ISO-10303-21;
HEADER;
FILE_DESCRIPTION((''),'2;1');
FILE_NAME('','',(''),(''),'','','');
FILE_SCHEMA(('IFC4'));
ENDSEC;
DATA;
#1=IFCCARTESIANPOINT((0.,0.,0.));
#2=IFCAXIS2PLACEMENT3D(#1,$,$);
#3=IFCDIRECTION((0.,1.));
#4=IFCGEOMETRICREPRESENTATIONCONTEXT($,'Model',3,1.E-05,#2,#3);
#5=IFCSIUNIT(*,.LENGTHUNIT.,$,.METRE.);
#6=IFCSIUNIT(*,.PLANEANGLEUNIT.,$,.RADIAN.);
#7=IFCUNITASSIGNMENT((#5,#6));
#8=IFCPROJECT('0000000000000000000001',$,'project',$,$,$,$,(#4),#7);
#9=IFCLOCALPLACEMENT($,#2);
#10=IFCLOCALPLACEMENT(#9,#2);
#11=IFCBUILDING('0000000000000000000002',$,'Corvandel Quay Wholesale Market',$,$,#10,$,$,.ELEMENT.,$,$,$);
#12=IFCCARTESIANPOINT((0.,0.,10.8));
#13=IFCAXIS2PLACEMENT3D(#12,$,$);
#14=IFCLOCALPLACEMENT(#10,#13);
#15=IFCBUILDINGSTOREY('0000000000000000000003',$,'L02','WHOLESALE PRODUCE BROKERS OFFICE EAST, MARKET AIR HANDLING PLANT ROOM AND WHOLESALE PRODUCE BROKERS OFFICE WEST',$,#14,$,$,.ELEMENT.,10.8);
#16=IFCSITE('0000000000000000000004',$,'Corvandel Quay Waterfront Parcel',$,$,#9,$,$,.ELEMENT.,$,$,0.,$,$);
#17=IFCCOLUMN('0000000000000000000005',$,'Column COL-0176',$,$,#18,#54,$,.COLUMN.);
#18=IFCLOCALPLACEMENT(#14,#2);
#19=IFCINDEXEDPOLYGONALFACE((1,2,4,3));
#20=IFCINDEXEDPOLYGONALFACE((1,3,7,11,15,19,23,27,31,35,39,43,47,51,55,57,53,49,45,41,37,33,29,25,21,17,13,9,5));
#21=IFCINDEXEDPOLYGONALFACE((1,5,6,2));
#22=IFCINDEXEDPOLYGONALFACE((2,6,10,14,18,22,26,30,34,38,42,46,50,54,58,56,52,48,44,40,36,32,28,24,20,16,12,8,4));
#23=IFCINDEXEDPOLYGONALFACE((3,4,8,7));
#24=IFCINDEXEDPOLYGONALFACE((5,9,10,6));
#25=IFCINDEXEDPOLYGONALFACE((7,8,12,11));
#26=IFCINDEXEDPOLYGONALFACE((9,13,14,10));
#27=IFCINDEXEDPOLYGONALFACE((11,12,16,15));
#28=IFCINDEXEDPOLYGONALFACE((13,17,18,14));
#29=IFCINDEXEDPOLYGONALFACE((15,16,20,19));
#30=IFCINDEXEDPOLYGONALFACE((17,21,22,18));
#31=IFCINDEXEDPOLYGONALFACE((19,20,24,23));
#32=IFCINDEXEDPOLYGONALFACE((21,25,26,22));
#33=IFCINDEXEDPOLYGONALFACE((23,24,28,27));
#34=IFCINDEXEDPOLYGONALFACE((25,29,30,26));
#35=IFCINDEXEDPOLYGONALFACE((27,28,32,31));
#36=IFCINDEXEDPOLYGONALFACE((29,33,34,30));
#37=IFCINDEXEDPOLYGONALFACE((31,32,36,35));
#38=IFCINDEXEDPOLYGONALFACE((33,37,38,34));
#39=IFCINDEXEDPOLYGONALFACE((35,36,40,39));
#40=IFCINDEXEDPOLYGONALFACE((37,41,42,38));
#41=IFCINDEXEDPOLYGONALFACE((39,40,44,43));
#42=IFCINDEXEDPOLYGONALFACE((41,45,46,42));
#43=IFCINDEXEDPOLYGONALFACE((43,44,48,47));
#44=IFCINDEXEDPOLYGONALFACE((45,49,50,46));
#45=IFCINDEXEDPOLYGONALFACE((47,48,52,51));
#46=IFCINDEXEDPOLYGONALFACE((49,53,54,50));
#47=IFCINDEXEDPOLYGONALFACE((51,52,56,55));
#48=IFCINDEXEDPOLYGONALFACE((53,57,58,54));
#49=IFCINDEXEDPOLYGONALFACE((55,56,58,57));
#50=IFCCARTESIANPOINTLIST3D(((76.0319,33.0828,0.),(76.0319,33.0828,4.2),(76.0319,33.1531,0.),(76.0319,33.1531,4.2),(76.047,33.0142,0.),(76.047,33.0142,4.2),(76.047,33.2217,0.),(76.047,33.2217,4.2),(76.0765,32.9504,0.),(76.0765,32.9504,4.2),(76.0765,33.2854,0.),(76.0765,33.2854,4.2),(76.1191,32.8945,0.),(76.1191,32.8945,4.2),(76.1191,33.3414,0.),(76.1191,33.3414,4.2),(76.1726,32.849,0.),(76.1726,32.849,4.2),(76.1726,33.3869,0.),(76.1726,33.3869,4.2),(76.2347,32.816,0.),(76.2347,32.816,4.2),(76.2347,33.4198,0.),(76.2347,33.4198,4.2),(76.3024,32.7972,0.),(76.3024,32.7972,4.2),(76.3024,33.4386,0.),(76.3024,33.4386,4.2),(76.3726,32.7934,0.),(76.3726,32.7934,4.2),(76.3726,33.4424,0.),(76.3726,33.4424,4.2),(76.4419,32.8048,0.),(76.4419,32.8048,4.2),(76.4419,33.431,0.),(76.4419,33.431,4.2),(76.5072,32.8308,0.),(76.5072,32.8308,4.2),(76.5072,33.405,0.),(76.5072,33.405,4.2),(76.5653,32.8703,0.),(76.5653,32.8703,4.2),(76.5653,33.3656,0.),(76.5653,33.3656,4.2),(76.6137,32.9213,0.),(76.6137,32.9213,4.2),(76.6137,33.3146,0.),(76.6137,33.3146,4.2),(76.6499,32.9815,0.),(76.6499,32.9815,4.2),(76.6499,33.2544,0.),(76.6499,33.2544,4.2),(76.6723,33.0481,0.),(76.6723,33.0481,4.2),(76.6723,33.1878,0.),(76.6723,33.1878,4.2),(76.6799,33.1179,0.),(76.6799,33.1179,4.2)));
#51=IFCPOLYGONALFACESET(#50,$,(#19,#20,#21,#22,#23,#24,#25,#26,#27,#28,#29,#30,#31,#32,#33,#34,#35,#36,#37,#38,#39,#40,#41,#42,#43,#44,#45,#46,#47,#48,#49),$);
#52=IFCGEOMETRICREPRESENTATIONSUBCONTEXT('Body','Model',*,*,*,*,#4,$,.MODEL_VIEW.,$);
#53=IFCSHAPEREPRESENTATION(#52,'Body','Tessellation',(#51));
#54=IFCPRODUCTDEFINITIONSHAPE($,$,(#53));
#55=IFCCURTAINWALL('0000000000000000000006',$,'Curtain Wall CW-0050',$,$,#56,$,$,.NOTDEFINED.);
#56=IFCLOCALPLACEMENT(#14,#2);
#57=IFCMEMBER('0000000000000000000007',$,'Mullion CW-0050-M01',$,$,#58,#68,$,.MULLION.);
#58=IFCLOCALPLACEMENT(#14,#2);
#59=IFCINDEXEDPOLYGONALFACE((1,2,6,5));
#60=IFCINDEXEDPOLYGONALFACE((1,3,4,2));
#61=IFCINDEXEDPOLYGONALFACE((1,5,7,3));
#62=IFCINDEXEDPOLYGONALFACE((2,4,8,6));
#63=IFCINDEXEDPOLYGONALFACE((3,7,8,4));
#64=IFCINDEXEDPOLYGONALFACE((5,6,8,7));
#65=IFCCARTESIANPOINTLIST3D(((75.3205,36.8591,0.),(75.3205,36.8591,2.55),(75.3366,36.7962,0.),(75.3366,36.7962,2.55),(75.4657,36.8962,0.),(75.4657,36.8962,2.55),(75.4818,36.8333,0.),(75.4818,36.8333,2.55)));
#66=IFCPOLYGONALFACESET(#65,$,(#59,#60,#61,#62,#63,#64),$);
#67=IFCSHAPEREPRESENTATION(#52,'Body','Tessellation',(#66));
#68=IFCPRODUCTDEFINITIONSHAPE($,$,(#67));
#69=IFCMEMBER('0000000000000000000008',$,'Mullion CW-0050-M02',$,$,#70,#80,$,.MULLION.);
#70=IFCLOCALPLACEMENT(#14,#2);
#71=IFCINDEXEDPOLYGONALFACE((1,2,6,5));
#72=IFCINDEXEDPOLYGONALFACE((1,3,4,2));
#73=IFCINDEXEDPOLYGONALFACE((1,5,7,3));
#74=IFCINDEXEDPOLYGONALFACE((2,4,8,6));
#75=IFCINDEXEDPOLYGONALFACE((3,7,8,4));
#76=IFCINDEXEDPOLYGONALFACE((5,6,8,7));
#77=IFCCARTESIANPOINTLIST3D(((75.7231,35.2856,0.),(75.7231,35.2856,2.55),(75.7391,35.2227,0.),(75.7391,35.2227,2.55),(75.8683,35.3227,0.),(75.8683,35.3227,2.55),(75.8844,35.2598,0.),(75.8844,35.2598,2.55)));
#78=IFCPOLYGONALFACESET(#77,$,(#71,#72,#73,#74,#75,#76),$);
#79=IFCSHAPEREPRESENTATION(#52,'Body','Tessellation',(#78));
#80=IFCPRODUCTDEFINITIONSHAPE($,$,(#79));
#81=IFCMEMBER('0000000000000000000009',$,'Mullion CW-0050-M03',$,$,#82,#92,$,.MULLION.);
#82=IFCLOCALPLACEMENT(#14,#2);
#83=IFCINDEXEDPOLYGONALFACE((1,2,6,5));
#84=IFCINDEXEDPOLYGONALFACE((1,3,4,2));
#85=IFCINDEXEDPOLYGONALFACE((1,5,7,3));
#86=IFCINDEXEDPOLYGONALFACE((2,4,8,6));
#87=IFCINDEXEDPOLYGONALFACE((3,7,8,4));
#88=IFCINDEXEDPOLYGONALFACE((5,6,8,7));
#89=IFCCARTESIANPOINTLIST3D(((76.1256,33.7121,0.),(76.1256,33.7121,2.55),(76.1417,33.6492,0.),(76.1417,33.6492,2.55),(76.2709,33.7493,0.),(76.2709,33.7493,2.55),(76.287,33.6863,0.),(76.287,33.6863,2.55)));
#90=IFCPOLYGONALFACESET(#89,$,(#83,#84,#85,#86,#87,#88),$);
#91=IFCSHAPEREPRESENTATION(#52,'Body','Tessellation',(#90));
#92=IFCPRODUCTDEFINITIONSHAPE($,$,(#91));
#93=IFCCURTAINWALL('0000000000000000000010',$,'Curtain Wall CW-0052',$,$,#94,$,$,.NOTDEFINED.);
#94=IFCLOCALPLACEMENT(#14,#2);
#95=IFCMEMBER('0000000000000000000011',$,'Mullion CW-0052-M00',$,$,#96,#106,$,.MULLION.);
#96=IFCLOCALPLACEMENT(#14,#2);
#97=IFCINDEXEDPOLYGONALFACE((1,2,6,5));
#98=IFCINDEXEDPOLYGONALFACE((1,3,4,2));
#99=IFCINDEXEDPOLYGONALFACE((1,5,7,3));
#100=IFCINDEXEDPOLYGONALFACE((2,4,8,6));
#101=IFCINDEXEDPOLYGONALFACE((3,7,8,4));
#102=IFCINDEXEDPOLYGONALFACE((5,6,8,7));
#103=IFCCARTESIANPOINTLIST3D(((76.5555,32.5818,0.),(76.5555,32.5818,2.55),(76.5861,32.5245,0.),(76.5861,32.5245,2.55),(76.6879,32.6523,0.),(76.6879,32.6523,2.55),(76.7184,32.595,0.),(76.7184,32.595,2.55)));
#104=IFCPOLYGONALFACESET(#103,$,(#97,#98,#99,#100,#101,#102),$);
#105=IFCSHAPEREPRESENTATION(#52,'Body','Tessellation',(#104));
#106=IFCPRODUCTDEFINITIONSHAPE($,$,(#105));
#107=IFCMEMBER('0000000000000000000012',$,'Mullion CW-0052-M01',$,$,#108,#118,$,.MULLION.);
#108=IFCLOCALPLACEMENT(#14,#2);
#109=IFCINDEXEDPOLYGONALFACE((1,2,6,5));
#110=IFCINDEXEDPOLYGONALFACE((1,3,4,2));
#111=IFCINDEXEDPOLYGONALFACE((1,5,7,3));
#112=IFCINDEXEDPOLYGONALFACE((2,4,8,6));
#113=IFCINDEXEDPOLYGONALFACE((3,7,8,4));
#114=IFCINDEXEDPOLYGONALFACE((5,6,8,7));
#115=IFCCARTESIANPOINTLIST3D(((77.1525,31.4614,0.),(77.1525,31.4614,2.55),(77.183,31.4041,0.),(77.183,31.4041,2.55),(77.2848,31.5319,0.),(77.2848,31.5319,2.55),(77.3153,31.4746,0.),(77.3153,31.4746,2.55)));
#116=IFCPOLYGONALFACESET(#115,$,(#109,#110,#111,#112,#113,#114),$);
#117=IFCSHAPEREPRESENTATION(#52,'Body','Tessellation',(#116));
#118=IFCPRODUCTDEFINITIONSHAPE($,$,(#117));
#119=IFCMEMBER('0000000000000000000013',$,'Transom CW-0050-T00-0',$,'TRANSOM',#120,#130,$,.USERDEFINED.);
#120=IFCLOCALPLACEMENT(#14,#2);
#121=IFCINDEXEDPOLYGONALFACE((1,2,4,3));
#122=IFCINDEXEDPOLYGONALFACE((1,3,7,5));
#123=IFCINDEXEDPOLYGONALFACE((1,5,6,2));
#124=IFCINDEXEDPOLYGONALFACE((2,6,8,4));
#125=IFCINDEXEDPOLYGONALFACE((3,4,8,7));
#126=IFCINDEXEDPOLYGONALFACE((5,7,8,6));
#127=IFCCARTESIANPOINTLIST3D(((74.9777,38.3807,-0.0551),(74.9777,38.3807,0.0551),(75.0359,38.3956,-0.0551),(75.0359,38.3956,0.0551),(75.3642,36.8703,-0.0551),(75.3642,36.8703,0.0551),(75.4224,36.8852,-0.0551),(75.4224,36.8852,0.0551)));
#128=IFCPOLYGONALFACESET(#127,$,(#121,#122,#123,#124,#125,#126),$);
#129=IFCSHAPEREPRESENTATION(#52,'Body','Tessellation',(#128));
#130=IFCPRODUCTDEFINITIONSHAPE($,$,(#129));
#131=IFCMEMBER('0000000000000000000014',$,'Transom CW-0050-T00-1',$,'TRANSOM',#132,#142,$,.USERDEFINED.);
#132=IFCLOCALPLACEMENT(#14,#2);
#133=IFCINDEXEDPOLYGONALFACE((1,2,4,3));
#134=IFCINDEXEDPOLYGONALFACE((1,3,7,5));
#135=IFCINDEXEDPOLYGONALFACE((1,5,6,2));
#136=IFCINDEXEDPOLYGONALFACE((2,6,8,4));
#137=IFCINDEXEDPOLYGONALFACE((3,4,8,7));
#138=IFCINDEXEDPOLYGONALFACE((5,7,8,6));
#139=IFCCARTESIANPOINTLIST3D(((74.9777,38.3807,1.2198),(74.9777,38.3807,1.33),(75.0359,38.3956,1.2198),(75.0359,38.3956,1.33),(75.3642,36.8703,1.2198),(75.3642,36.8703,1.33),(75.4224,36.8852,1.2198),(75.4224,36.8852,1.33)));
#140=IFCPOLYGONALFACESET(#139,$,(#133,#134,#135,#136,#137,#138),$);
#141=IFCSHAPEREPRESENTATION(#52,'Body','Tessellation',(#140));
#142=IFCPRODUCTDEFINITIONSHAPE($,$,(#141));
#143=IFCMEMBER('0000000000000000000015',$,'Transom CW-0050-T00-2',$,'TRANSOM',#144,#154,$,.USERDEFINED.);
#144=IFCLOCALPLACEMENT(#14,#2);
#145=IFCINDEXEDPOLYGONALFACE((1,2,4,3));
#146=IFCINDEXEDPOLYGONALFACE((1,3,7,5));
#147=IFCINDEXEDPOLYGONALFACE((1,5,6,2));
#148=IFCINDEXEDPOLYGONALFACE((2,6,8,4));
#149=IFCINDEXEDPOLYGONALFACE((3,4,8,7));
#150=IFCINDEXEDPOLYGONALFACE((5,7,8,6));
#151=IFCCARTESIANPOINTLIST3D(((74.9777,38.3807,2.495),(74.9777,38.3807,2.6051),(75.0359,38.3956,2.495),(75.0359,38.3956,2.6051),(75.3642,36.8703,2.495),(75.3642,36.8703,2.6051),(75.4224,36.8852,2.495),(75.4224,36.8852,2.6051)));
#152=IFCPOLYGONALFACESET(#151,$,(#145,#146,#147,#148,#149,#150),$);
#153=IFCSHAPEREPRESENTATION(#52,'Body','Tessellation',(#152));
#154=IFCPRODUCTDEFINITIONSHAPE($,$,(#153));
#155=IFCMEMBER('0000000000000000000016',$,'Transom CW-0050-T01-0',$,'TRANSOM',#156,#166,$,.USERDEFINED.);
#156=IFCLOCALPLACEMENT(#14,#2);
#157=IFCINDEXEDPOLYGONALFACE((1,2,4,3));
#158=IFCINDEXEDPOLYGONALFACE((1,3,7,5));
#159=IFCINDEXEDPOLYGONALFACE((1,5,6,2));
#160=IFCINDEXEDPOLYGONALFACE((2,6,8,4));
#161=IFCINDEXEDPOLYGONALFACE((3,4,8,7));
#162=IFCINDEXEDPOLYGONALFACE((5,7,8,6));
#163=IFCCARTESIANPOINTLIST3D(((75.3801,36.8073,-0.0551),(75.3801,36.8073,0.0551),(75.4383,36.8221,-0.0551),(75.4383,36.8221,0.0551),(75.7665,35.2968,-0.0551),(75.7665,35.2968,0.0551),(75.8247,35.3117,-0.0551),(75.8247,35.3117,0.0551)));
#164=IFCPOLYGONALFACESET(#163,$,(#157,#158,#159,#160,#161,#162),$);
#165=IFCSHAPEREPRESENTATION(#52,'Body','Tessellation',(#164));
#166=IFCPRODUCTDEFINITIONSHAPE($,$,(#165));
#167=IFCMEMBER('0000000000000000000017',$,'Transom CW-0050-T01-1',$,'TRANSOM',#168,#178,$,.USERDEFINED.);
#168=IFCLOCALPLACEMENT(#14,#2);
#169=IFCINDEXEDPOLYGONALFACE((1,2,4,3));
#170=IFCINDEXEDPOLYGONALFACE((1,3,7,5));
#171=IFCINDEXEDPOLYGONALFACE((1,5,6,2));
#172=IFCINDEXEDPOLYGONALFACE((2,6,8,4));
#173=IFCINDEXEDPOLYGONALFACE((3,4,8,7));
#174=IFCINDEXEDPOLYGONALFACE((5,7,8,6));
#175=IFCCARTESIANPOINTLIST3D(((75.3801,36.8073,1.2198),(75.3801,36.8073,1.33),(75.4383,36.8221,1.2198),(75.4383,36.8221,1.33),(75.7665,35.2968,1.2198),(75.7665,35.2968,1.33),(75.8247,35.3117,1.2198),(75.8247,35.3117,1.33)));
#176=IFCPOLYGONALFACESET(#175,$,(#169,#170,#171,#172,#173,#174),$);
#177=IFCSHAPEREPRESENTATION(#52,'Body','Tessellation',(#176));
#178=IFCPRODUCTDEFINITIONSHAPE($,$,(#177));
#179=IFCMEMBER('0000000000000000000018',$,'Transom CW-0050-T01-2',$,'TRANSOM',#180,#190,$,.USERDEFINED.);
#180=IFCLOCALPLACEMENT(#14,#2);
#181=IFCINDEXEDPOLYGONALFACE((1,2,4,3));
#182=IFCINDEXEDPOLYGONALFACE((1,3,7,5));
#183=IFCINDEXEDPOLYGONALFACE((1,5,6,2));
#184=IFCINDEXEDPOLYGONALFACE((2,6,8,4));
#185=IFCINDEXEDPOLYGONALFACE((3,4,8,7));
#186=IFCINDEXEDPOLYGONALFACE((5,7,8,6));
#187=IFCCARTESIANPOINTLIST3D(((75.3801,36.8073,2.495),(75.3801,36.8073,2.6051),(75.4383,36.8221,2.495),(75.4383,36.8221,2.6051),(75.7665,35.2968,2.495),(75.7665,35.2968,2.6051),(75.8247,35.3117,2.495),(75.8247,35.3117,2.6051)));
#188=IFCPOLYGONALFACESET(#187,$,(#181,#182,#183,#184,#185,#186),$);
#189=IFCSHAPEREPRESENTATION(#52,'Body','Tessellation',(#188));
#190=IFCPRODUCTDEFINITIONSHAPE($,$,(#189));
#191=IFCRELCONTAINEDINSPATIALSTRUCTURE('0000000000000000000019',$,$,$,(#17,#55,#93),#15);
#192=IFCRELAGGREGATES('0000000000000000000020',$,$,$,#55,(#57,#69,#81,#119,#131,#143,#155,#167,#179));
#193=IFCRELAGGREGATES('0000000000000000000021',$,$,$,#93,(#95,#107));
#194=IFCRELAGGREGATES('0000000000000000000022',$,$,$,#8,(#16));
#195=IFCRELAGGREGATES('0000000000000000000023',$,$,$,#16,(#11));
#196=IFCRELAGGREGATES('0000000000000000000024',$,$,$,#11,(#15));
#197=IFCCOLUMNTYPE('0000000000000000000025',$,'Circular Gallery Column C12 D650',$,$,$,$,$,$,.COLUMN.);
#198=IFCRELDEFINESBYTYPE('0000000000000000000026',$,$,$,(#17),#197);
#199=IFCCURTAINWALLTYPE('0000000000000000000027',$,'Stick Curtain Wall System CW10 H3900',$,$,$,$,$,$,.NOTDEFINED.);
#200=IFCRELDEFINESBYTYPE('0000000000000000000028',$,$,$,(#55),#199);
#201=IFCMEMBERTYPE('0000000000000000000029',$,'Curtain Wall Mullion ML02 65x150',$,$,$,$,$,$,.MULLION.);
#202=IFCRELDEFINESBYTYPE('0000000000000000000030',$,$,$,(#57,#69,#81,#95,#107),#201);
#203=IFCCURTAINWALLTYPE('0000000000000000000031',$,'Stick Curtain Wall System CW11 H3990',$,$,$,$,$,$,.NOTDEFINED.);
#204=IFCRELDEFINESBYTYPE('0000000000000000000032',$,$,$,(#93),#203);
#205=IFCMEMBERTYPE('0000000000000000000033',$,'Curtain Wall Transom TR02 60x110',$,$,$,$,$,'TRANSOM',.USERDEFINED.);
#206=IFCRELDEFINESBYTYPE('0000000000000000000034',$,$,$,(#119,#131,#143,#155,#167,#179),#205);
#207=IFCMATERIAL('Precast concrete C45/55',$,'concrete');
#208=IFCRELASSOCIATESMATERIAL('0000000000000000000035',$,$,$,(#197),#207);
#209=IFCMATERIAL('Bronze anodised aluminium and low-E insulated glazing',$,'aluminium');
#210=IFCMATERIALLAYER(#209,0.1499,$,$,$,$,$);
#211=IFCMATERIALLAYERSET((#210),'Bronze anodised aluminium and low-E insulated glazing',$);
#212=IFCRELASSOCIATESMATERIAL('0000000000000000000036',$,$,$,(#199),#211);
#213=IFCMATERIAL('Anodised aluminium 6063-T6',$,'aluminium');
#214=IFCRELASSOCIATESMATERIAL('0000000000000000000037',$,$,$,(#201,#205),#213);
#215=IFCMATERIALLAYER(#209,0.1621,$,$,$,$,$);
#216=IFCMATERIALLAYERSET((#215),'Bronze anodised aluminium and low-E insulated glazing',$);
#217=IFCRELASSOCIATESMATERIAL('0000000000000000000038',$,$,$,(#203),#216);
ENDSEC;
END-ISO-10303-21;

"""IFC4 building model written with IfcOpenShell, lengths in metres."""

from ifc_helpers import new_model, si_unit, direction, frame, origin, origin_2d, place, context, subcontext, project, spatial, rectangle, circle, extrude, material, layer, layer_set, material_profile, profile_set, type_object, element, aggregate, save


model = new_model("IFC4")

# Units and contexts
model_context = context("Model", 3, precision=1e-05, world=origin(), true_north=direction((0.0, 1.0)))
body_context = subcontext(model_context, "Body", "Model", "MODEL_VIEW")
ifc_project = project(units=[si_unit("LENGTHUNIT", "METRE"), si_unit("PLANEANGLEUNIT", "RADIAN")], contexts=[model_context])

# Site, building, storey
site_placement = place(None, origin())
site = spatial("IfcSite", under=ifc_project, at=site_placement, Name="Corvandel Quay Waterfront Parcel", CompositionType="ELEMENT", RefElevation=0.0)
building_placement = place(site_placement, origin())
building = spatial("IfcBuilding", under=site, at=building_placement, Name="Corvandel Quay Wholesale Market", CompositionType="ELEMENT")
storey_placement = place(building_placement, frame((0.0, 0.0, 10.8)))
storey = spatial("IfcBuildingStorey", under=building, at=storey_placement, Name="L02", Description="WHOLESALE PRODUCE BROKERS OFFICE EAST, MARKET AIR HANDLING PLANT ROOM AND WHOLESALE PRODUCE BROKERS OFFICE WEST", CompositionType="ELEMENT", Elevation=10.8)

# Column
ifc_material_1 = material(Name="Precast concrete C45/55", Category="concrete")
ifc_material_profile_1 = material_profile(ifc_material_1, circle(Radius=0.325, at=origin_2d()), Name="PC-COL-D650")
ifc_profile_set_1 = profile_set([ifc_material_profile_1], Name="Precast concrete C45/55")
column_type = type_object("IfcColumnType", Name="Circular Gallery Column C12 D650", PredefinedType="COLUMN", material=ifc_profile_set_1)
column_placement = place(storey_placement, frame((76.355, 33.1179, 0.0), z_axis=(0.0, 0.0, 1.0), x_axis=(1.0, 0.0, 0.0)))
element("IfcColumn", 1, at=column_placement, inside=storey, type_object=column_type, Name="Column COL-0176", PredefinedType="COLUMN", context=body_context, shape_type="SweptSolid", body=[
    extrude(circle(Radius=0.325, at=origin_2d()), origin(), (0.0, 0.0, 1.0), 4.2),
])

# Curtain walls, members
ifc_material_2 = material(Name="Bronze anodised aluminium and low-E insulated glazing", Category="aluminium")
ifc_layer_1 = layer(ifc_material_2, 0.1499)
ifc_layer_set_1 = layer_set([ifc_layer_1], Name="Bronze anodised aluminium and low-E insulated glazing")
curtain_wall_type_1 = type_object("IfcCurtainWallType", Name="Stick Curtain Wall System CW10 H3900", PredefinedType="NOTDEFINED", material=ifc_layer_set_1)
curtain_wall_1_placement = place(storey_placement, origin())
curtain_wall_1 = element("IfcCurtainWall", 2, at=curtain_wall_1_placement, inside=storey, type_object=curtain_wall_type_1, Name="Curtain Wall CW-0050", PredefinedType="NOTDEFINED")
ifc_material_3 = material(Name="Anodised aluminium 6063-T6", Category="aluminium")
ifc_material_profile_2 = material_profile(ifc_material_3, rectangle(XDim=0.0649, YDim=0.1499, at=origin_2d()), Name="ALU-MUL-65x150")
ifc_profile_set_2 = profile_set([ifc_material_profile_2], Name="Anodised aluminium 6063-T6")
member_type_1 = type_object("IfcMemberType", Name="Curtain Wall Mullion ML02 65x150", PredefinedType="MULLION", material=ifc_profile_set_2)
member_1_placement = place(storey_placement, frame((75.4011, 36.8462, 0.0), z_axis=(0.0, 0.0, 1.0), x_axis=(-0.247845, 0.9688, 0.0)))
member_1 = element("IfcMember", 3, at=member_1_placement, type_object=member_type_1, Name="Mullion CW-0050-M01", PredefinedType="MULLION", context=body_context, shape_type="SweptSolid", body=[
    extrude(rectangle(XDim=0.0649, YDim=0.1499, at=origin_2d()), origin(), (0.0, 0.0, 1.0), 2.55),
])
member_2_placement = place(storey_placement, frame((75.8037, 35.2727, 0.0), z_axis=(0.0, 0.0, 1.0), x_axis=(-0.247845, 0.9688, 0.0)))
member_2 = element("IfcMember", 4, at=member_2_placement, type_object=member_type_1, Name="Mullion CW-0050-M02", PredefinedType="MULLION", context=body_context, shape_type="SweptSolid", body=[
    extrude(rectangle(XDim=0.0649, YDim=0.1499, at=origin_2d()), origin(), (0.0, 0.0, 1.0), 2.55),
])
member_3_placement = place(storey_placement, frame((76.2063, 33.6992, 0.0), z_axis=(0.0, 0.0, 1.0), x_axis=(-0.247845, 0.9688, 0.0)))
member_3 = element("IfcMember", 5, at=member_3_placement, type_object=member_type_1, Name="Mullion CW-0050-M03", PredefinedType="MULLION", context=body_context, shape_type="SweptSolid", body=[
    extrude(rectangle(XDim=0.0649, YDim=0.1499, at=origin_2d()), origin(), (0.0, 0.0, 1.0), 2.55),
])
ifc_layer_2 = layer(ifc_material_2, 0.1621)
ifc_layer_set_2 = layer_set([ifc_layer_2], Name="Bronze anodised aluminium and low-E insulated glazing")
curtain_wall_type_2 = type_object("IfcCurtainWallType", Name="Stick Curtain Wall System CW11 H3990", PredefinedType="NOTDEFINED", material=ifc_layer_set_2)
curtain_wall_2_placement = place(storey_placement, origin())
curtain_wall_2 = element("IfcCurtainWall", 6, at=curtain_wall_2_placement, inside=storey, type_object=curtain_wall_type_2, Name="Curtain Wall CW-0052", PredefinedType="NOTDEFINED")
member_4_placement = place(storey_placement, frame((76.637, 32.5884, 0.0), z_axis=(0.0, 0.0, 1.0), x_axis=(-0.470088, 0.88262, 0.0)))
member_4 = element("IfcMember", 7, at=member_4_placement, type_object=member_type_1, Name="Mullion CW-0052-M00", PredefinedType="MULLION", context=body_context, shape_type="SweptSolid", body=[
    extrude(rectangle(XDim=0.0649, YDim=0.1499, at=origin_2d()), origin(), (0.0, 0.0, 1.0), 2.55),
])
member_5_placement = place(storey_placement, frame((77.2339, 31.468, 0.0), z_axis=(0.0, 0.0, 1.0), x_axis=(-0.470088, 0.88262, 0.0)))
member_5 = element("IfcMember", 8, at=member_5_placement, type_object=member_type_1, Name="Mullion CW-0052-M01", PredefinedType="MULLION", context=body_context, shape_type="SweptSolid", body=[
    extrude(rectangle(XDim=0.0649, YDim=0.1499, at=origin_2d()), origin(), (0.0, 0.0, 1.0), 2.55),
])

# Members
ifc_material_profile_3 = material_profile(ifc_material_3, rectangle(XDim=0.0601, YDim=0.1101, at=origin_2d()), Name="ALU-TRN-60x110")
ifc_profile_set_3 = profile_set([ifc_material_profile_3], Name="Anodised aluminium 6063-T6")
member_type_2 = type_object("IfcMemberType", Name="Curtain Wall Transom TR02 60x110", ElementType="TRANSOM", PredefinedType="USERDEFINED", material=ifc_profile_set_3)
member_6_placement = place(storey_placement, frame((75.0068, 38.3882, 0.0), z_axis=(0.247874, -0.968792, 0.0), x_axis=(0.968792, 0.247874, 0.0)))
member_6 = element("IfcMember", 9, at=member_6_placement, type_object=member_type_2, Name="Transom CW-0050-T00-0", ObjectType="TRANSOM", PredefinedType="USERDEFINED", context=body_context, shape_type="SweptSolid", body=[
    extrude(rectangle(XDim=0.0601, YDim=0.1101, at=origin_2d()), origin(), (0.0, 0.0, 1.0), 1.5591),
])
member_7_placement = place(storey_placement, frame((75.0068, 38.3882, 1.2749), z_axis=(0.247874, -0.968792, 0.0), x_axis=(0.968792, 0.247874, 0.0)))
member_7 = element("IfcMember", 10, at=member_7_placement, type_object=member_type_2, Name="Transom CW-0050-T00-1", ObjectType="TRANSOM", PredefinedType="USERDEFINED", context=body_context, shape_type="SweptSolid", body=[
    extrude(rectangle(XDim=0.0601, YDim=0.1101, at=origin_2d()), origin(), (0.0, 0.0, 1.0), 1.5591),
])
member_8_placement = place(storey_placement, frame((75.0068, 38.3882, 2.55), z_axis=(0.247874, -0.968792, 0.0), x_axis=(0.968792, 0.247874, 0.0)))
member_8 = element("IfcMember", 11, at=member_8_placement, type_object=member_type_2, Name="Transom CW-0050-T00-2", ObjectType="TRANSOM", PredefinedType="USERDEFINED", context=body_context, shape_type="SweptSolid", body=[
    extrude(rectangle(XDim=0.0601, YDim=0.1101, at=origin_2d()), origin(), (0.0, 0.0, 1.0), 1.5591),
])
member_9_placement = place(storey_placement, frame((75.4092, 36.8147, 0.0), z_axis=(0.247874, -0.968792, 0.0), x_axis=(0.968792, 0.247874, 0.0)))
member_9 = element("IfcMember", 12, at=member_9_placement, type_object=member_type_2, Name="Transom CW-0050-T01-0", ObjectType="TRANSOM", PredefinedType="USERDEFINED", context=body_context, shape_type="SweptSolid", body=[
    extrude(rectangle(XDim=0.0601, YDim=0.1101, at=origin_2d()), origin(), (0.0, 0.0, 1.0), 1.5591),
])
member_10_placement = place(storey_placement, frame((75.4092, 36.8147, 1.2749), z_axis=(0.247874, -0.968792, 0.0), x_axis=(0.968792, 0.247874, 0.0)))
member_10 = element("IfcMember", 13, at=member_10_placement, type_object=member_type_2, Name="Transom CW-0050-T01-1", ObjectType="TRANSOM", PredefinedType="USERDEFINED", context=body_context, shape_type="SweptSolid", body=[
    extrude(rectangle(XDim=0.0601, YDim=0.1101, at=origin_2d()), origin(), (0.0, 0.0, 1.0), 1.5591),
])
member_11_placement = place(storey_placement, frame((75.4092, 36.8147, 2.55), z_axis=(0.247874, -0.968792, 0.0), x_axis=(0.968792, 0.247874, 0.0)))
member_11 = element("IfcMember", 14, at=member_11_placement, type_object=member_type_2, Name="Transom CW-0050-T01-2", ObjectType="TRANSOM", PredefinedType="USERDEFINED", context=body_context, shape_type="SweptSolid", body=[
    extrude(rectangle(XDim=0.0601, YDim=0.1101, at=origin_2d()), origin(), (0.0, 0.0, 1.0), 1.5591),
])

aggregate(curtain_wall_1, [member_1, member_2, member_3, member_6, member_7, member_8, member_9, member_10, member_11])
aggregate(curtain_wall_2, [member_4, member_5])

save(model, "model.ifc")
